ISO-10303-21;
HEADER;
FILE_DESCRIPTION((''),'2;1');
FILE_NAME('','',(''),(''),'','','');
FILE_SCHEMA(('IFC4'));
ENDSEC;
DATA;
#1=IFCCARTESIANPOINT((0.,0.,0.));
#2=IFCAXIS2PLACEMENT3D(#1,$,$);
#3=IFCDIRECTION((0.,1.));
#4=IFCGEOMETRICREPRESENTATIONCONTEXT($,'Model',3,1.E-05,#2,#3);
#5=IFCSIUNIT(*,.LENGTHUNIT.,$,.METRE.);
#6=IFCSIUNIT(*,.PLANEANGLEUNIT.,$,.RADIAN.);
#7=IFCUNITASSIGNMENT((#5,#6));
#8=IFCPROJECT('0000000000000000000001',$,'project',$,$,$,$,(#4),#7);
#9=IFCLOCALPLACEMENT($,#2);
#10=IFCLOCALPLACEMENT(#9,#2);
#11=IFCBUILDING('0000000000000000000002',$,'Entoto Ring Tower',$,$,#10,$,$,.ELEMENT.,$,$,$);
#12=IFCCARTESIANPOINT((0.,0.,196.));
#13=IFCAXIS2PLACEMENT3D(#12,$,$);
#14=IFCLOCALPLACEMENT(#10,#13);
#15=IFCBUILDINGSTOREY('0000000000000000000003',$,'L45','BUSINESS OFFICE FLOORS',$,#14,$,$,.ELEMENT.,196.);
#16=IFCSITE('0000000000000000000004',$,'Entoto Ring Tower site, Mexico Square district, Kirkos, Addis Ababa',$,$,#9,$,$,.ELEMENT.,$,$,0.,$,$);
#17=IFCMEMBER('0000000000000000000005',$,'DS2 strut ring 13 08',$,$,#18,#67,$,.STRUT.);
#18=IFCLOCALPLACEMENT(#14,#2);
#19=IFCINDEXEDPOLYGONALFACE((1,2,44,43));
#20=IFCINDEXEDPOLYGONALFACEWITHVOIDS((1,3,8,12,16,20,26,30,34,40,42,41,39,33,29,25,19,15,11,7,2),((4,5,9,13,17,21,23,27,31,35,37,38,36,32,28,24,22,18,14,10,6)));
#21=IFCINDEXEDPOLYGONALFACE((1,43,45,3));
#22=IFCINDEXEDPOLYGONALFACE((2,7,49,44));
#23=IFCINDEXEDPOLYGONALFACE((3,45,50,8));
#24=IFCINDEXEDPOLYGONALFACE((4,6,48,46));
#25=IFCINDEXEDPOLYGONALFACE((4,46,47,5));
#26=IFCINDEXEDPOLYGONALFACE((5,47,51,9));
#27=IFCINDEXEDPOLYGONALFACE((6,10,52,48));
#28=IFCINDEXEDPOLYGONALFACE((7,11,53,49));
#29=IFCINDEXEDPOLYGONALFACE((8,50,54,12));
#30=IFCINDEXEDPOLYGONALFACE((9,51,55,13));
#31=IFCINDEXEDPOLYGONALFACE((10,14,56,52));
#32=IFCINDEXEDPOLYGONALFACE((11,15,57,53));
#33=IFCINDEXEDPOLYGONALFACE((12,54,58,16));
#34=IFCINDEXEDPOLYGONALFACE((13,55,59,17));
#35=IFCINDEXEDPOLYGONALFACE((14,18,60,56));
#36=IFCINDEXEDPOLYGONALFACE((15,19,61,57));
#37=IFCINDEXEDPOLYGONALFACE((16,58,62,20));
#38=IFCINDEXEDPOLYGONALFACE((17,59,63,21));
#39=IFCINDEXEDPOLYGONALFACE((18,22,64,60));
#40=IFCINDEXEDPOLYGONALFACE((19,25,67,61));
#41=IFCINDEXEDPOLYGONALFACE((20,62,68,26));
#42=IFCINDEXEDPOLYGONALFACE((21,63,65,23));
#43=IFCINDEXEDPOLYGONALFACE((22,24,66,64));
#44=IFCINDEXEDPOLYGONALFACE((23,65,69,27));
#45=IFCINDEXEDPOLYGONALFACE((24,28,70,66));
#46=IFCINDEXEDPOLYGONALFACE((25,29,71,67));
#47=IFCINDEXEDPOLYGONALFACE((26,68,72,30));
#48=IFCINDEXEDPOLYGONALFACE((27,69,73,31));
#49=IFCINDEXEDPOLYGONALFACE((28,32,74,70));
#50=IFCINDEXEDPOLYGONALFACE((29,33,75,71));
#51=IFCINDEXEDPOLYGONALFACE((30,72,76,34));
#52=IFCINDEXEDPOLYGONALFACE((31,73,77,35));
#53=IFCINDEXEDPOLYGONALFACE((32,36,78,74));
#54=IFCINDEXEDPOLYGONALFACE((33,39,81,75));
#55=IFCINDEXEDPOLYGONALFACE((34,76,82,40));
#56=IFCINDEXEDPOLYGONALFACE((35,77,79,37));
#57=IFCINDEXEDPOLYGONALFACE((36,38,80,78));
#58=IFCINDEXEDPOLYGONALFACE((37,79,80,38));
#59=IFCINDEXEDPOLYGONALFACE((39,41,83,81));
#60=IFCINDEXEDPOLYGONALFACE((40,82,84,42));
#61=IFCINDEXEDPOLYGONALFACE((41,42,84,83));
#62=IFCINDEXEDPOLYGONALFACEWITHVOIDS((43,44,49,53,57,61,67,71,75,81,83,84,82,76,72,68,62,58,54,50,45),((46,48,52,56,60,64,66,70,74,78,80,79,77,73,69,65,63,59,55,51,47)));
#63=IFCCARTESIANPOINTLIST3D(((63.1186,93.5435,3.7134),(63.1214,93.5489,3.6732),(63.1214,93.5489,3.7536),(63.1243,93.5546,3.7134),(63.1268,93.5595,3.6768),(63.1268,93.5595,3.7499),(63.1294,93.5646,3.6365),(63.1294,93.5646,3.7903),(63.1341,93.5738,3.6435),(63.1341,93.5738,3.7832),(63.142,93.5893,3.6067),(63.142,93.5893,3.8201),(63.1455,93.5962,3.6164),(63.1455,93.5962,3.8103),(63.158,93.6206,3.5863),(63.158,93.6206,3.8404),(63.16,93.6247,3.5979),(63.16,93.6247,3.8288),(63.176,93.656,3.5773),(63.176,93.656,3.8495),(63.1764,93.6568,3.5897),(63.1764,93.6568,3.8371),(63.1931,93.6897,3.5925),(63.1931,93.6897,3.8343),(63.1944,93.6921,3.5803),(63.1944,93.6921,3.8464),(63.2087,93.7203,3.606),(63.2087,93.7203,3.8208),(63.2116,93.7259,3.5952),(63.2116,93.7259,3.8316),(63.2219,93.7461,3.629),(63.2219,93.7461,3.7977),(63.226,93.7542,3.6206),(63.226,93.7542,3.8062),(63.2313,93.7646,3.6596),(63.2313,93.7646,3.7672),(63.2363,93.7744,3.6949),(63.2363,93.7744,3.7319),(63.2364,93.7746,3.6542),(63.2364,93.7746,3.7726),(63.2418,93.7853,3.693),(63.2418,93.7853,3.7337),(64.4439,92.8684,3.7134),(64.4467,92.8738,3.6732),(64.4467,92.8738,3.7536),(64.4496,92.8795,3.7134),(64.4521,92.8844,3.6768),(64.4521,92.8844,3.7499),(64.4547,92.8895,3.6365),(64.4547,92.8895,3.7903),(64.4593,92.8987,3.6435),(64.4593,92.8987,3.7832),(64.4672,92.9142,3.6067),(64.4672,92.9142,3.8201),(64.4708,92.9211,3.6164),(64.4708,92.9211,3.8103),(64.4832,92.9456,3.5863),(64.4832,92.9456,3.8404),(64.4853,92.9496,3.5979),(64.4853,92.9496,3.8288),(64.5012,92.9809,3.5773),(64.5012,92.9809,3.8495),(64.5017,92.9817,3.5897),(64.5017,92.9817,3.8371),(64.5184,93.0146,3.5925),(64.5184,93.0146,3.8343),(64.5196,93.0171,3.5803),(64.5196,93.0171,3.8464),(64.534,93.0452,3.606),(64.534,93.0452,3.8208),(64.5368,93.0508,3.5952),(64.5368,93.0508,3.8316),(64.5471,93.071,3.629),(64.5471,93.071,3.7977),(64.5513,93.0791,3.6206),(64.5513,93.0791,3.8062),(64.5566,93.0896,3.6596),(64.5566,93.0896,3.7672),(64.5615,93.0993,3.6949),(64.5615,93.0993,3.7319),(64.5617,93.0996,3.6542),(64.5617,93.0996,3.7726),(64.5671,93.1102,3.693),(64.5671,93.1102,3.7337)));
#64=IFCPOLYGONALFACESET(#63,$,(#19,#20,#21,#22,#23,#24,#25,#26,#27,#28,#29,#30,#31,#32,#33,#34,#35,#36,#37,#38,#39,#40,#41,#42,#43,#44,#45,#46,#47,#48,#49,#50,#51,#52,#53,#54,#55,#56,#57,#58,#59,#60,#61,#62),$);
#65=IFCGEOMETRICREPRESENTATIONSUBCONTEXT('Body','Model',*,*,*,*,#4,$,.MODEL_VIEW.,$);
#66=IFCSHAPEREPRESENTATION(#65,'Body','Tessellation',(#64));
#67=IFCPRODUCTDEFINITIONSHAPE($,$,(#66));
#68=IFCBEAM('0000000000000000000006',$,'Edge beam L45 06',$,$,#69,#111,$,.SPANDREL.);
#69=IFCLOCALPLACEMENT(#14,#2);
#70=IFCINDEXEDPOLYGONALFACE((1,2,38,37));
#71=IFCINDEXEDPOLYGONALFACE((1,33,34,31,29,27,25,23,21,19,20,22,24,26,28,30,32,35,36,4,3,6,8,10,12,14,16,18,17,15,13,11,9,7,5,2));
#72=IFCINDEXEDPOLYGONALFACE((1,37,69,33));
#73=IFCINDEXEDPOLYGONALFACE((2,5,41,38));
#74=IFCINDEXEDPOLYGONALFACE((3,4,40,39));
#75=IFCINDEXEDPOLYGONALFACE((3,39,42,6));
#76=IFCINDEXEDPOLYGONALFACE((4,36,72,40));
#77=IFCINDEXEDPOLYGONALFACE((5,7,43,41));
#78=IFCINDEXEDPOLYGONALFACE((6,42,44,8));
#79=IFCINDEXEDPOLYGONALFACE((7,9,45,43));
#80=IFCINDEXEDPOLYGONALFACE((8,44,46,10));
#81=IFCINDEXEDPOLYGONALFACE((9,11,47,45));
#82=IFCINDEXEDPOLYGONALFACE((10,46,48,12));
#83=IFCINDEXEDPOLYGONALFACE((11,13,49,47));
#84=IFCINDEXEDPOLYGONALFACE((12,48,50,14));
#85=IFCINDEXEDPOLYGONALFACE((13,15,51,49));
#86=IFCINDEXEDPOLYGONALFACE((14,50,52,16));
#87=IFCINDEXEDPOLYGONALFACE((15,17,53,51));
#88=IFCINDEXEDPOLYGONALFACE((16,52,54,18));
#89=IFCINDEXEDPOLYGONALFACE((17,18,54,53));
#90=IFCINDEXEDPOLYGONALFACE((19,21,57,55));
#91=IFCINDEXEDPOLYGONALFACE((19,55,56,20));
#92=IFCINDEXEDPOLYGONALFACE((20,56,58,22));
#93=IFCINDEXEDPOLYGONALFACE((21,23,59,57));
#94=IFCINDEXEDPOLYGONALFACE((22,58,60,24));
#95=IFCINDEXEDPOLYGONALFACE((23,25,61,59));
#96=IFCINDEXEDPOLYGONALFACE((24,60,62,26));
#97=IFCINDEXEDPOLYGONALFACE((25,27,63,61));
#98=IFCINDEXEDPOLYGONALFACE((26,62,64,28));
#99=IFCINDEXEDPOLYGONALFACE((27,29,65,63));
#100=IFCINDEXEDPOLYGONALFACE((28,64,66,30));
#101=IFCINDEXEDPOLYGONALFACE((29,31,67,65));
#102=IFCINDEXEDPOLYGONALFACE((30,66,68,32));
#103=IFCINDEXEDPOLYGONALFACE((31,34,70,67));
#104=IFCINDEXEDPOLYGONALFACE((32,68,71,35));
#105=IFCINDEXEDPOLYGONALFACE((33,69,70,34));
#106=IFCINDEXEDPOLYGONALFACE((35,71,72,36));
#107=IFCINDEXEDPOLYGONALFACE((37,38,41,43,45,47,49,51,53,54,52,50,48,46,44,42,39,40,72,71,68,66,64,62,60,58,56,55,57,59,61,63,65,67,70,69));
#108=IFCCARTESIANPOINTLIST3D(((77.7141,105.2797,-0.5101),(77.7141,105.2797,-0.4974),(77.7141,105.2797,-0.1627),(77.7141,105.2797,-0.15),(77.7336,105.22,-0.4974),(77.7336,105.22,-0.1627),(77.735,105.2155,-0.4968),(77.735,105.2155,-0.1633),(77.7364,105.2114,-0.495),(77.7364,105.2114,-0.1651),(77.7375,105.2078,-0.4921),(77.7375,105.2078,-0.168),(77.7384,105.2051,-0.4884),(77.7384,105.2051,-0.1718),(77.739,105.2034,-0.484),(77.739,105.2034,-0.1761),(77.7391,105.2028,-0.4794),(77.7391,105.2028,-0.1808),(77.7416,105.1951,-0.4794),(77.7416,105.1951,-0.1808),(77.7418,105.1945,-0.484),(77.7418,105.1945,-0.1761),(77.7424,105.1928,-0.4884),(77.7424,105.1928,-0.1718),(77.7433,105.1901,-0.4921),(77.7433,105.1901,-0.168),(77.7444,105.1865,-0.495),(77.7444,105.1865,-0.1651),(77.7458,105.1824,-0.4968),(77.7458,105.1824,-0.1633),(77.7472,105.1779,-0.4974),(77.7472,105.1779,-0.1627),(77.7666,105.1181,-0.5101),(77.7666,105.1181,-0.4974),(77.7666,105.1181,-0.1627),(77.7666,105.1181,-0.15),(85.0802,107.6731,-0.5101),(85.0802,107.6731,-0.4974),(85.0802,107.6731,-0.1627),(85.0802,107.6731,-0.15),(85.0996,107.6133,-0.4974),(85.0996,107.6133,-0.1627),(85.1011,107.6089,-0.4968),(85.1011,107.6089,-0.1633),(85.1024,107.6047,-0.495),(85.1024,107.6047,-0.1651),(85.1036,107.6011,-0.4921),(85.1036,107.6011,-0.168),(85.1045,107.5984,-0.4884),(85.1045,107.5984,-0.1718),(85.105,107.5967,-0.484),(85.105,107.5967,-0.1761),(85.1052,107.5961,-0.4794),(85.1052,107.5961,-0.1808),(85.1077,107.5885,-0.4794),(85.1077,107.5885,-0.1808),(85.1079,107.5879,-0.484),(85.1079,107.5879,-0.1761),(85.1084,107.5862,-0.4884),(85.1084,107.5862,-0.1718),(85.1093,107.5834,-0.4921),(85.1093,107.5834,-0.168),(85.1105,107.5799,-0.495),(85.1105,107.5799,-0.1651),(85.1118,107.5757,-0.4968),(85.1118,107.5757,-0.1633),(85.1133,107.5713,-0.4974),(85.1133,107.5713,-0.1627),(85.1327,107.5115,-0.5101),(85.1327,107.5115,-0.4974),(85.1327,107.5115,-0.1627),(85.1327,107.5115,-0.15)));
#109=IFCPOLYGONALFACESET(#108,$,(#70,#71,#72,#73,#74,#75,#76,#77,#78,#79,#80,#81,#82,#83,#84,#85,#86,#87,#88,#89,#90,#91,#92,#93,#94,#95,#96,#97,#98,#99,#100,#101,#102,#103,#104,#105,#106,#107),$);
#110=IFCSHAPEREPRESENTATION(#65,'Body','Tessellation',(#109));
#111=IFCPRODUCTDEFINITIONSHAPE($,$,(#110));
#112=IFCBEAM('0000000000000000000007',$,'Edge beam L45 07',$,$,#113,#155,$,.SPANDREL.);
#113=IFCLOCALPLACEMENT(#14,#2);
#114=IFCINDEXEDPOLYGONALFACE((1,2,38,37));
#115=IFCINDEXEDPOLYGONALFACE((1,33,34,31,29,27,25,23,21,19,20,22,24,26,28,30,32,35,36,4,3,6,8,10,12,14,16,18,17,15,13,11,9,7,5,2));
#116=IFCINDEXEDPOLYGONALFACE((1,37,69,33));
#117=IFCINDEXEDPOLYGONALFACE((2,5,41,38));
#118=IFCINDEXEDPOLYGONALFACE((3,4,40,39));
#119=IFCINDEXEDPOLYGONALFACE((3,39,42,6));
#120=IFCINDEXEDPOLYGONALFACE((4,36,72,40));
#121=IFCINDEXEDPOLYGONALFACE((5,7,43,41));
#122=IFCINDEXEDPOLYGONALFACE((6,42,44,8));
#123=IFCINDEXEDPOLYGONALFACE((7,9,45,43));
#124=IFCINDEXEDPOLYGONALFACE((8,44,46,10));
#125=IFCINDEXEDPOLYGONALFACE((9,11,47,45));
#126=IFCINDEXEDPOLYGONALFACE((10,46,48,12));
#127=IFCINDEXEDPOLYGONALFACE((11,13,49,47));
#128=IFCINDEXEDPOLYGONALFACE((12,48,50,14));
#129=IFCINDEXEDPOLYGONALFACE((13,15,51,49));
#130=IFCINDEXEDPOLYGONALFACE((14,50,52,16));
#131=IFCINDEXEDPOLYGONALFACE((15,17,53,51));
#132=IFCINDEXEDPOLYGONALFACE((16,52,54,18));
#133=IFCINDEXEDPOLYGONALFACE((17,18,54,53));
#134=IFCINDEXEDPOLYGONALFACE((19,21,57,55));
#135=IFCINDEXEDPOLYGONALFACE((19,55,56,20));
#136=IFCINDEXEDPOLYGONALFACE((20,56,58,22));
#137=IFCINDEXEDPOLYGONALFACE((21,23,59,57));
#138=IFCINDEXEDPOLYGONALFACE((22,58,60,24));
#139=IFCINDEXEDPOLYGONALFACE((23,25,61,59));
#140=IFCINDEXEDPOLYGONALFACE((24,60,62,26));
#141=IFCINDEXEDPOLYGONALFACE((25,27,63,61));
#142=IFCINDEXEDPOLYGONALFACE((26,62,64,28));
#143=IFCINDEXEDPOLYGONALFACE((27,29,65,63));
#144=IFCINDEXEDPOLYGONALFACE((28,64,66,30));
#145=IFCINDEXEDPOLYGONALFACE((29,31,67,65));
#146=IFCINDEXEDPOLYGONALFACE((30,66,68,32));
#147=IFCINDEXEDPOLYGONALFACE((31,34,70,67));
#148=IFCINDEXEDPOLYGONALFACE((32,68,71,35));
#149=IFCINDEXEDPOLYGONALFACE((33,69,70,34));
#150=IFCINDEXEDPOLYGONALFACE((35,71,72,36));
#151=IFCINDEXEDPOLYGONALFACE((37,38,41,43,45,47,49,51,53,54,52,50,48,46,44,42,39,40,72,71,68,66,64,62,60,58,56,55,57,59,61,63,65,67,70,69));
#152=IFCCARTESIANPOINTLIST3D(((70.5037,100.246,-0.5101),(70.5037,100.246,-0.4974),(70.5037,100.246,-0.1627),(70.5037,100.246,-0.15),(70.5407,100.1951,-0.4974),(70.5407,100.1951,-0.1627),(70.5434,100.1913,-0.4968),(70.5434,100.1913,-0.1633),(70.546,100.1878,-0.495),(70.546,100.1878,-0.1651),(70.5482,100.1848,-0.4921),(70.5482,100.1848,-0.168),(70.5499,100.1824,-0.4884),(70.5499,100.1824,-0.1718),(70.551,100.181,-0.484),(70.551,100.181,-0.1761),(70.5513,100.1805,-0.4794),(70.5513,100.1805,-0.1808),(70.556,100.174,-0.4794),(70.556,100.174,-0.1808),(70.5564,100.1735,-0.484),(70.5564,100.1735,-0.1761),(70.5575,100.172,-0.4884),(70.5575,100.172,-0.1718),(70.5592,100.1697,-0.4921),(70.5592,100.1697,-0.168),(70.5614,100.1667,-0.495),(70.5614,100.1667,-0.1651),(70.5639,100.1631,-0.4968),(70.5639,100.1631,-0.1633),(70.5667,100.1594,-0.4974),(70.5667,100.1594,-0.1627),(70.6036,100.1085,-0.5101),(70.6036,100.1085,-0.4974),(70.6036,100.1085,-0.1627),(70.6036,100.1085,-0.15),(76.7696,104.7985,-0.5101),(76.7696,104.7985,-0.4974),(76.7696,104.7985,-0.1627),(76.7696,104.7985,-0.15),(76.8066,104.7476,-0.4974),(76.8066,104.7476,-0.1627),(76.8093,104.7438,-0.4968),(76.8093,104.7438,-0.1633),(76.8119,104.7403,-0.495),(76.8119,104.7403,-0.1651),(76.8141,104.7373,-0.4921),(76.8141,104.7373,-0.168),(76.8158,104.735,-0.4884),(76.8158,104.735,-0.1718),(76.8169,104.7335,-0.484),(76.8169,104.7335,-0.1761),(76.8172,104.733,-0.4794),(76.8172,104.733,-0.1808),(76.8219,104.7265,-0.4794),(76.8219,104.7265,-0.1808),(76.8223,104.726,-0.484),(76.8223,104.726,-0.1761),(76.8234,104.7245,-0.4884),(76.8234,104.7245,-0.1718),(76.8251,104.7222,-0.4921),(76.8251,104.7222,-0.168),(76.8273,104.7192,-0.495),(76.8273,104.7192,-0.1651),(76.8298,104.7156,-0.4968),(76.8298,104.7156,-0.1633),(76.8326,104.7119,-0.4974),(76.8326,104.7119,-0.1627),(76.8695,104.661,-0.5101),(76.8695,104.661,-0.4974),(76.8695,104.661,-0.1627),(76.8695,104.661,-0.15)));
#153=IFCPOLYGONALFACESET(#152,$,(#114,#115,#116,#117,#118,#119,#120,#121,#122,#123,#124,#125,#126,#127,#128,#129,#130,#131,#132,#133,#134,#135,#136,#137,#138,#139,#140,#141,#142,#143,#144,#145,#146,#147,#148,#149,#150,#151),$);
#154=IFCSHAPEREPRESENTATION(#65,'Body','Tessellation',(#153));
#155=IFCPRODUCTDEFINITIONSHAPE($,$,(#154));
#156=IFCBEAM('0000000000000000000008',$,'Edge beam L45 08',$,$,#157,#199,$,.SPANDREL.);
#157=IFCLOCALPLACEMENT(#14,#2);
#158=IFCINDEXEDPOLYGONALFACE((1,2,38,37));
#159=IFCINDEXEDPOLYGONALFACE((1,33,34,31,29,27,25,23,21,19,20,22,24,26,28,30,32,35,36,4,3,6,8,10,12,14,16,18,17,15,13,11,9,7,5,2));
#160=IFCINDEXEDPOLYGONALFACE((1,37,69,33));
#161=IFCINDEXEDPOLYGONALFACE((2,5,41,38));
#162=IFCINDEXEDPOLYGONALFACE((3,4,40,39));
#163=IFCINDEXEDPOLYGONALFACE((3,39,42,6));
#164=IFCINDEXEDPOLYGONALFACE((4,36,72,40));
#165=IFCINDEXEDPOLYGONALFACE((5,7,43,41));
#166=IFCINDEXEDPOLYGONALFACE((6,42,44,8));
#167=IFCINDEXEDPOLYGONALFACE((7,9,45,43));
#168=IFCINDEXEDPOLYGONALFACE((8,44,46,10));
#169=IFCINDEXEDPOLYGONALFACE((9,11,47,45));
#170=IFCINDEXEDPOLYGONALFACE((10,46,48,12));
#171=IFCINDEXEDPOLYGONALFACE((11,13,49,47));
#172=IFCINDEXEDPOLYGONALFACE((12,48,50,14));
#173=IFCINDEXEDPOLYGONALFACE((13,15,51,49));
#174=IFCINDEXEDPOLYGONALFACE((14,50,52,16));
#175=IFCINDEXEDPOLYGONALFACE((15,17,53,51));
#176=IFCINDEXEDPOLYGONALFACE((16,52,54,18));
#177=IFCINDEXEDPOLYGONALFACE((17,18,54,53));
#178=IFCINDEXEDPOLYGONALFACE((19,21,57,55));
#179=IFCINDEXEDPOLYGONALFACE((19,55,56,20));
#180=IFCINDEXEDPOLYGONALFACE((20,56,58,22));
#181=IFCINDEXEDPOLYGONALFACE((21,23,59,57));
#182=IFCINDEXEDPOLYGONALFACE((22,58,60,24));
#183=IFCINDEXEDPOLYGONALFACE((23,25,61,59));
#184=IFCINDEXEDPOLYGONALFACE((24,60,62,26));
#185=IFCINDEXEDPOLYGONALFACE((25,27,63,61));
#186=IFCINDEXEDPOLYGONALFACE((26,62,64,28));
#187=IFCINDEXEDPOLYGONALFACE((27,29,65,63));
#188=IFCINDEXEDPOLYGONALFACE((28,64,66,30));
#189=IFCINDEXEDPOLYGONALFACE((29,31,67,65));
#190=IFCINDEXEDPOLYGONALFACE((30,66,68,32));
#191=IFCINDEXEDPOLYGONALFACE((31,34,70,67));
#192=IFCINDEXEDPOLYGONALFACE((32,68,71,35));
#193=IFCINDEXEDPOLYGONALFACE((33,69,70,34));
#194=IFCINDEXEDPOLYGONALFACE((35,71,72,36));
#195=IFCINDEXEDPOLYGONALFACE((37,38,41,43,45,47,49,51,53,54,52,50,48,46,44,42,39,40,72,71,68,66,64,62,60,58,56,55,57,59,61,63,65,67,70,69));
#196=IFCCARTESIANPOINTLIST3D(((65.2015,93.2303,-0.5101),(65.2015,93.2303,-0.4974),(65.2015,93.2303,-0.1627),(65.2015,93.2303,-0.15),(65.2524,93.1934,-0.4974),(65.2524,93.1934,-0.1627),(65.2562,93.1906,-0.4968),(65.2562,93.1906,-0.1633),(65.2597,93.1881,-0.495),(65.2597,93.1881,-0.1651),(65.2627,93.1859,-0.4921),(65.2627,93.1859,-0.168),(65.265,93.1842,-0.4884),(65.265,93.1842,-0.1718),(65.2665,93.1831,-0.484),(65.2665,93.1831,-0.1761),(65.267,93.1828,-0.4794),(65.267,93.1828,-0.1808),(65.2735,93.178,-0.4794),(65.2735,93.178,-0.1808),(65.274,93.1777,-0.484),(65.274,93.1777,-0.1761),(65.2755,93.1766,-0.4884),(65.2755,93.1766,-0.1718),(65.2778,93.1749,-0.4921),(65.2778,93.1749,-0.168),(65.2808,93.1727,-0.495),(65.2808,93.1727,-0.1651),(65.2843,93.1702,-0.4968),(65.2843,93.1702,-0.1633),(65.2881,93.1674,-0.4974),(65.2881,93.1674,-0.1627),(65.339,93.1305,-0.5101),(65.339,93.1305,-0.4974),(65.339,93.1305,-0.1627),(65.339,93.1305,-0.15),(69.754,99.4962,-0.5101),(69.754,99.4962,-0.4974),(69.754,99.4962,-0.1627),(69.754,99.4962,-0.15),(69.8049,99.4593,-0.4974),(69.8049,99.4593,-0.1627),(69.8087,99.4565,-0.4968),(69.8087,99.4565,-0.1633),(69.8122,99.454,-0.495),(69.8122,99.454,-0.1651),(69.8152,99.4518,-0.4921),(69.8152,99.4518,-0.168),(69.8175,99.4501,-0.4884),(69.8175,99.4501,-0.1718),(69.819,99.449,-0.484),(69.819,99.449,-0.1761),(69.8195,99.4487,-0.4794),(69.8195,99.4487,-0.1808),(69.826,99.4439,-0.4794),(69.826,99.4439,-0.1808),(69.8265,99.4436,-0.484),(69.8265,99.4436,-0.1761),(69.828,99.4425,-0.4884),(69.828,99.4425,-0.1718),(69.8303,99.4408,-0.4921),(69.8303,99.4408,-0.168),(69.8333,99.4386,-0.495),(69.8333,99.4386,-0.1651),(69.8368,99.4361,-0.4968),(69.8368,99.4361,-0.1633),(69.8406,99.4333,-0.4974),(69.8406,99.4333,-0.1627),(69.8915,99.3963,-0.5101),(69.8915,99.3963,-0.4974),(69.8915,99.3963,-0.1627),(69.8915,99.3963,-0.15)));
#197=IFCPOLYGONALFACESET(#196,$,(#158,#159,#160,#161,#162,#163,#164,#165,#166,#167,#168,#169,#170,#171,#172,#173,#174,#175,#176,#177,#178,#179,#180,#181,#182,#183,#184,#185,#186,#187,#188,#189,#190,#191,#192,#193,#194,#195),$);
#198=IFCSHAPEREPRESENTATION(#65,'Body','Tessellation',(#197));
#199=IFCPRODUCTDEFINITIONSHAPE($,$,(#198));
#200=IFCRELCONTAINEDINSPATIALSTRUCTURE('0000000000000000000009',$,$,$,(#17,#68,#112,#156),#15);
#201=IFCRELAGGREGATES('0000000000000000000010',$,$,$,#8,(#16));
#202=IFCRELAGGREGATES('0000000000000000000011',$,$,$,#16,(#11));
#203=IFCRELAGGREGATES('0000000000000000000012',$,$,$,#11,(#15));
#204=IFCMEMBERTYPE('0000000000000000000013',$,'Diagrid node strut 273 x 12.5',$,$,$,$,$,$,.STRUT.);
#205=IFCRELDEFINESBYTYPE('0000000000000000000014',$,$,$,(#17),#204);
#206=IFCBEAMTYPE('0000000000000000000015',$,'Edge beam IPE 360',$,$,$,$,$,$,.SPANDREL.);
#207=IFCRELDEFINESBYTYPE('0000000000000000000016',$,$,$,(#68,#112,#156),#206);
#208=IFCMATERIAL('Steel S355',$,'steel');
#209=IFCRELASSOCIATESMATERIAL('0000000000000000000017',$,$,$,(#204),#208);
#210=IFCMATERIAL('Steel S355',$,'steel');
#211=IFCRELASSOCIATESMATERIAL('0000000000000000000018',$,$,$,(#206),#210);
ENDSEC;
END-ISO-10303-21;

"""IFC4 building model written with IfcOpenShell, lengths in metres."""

from ifc_helpers import new_model, si_unit, direction, frame, origin, origin_2d, place, context, subcontext, project, spatial, circle, hollow_circle, i_section, extrude, material, material_profile, profile_set, type_object, element, save


model = new_model("IFC4")

# Units and contexts
model_context = context("Model", 3, precision=1e-05, world=origin(), true_north=direction((0.0, 1.0)))
body_context = subcontext(model_context, "Body", "Model", "MODEL_VIEW")
ifc_project = project(units=[si_unit("LENGTHUNIT", "METRE"), si_unit("PLANEANGLEUNIT", "RADIAN")], contexts=[model_context])

# Site, building, storey
site_placement = place(None, origin())
site = spatial("IfcSite", under=ifc_project, at=site_placement, Name="Entoto Ring Tower site, Mexico Square district, Kirkos, Addis Ababa", CompositionType="ELEMENT", RefElevation=0.0)
building_placement = place(site_placement, origin())
building = spatial("IfcBuilding", under=site, at=building_placement, Name="Entoto Ring Tower", CompositionType="ELEMENT")
storey_placement = place(building_placement, frame((0.0, 0.0, 196.0)))
storey = spatial("IfcBuildingStorey", under=building, at=storey_placement, Name="L45", Description="BUSINESS OFFICE FLOORS", CompositionType="ELEMENT", Elevation=196.0)

# Member
ifc_material_1 = material(Name="Steel S355", Category="steel")
ifc_material_profile_1 = material_profile(ifc_material_1, hollow_circle(Radius=0.1365, WallThickness=0.0125, at=origin_2d()), Name="CHS 273 x 12.5")
ifc_material_2 = material(Name="Concrete C60/75", Category="concrete")
ifc_material_profile_2 = material_profile(ifc_material_2, circle(Radius=0.124, at=origin_2d()), Name="Concrete C60/75 infill")
ifc_profile_set_1 = profile_set([ifc_material_profile_1, ifc_material_profile_2], Name="Steel S355")
member_type = type_object("IfcMemberType", Name="Diagrid node strut 273 x 12.5", PredefinedType="STRUT", material=ifc_profile_set_1)
for number, where, z_axis, x_axis, name in (
    (1, (64.5059, 92.99, 3.7134), (-0.891053, 0.453899, 0.0), (-0.453899, -0.891053, 0.0), "DS2 strut ring 13 08"),
):
    element("IfcMember", number, at=place(storey_placement, frame(where, z_axis=z_axis, x_axis=x_axis)), inside=storey, type_object=member_type, Name=name, PredefinedType="STRUT", context=body_context, shape_type="SweptSolid", body=[
        extrude(hollow_circle(Radius=0.1365, WallThickness=0.0125, at=origin_2d()), origin(), (0.0, 0.0, 1.0), 1.4873),
    ])

# Beams
ifc_material_3 = material(Name="Steel S355", Category="steel")
ifc_material_profile_3 = material_profile(ifc_material_3, i_section(OverallWidth=0.1699, OverallDepth=0.3601, WebThickness=0.0081, FlangeThickness=0.0127, FilletRadius=0.0181, at=origin_2d()), Name="IPE 360")
ifc_profile_set_2 = profile_set([ifc_material_profile_3], Name="Steel S355")
beam_type_1 = type_object("IfcBeamType", Name="Edge beam IPE 360", PredefinedType="SPANDREL", material=ifc_profile_set_2)
for number, where, z_axis, x_axis, name in (
    (2, (85.1064, 107.5923, -0.3301), (-0.951058, -0.309013, 0.0), (0.309013, -0.951058, 0.0), "Edge beam L45 06"),
    (3, (76.8196, 104.7297, -0.3301), (-0.809013, -0.587791, 0.0), (0.587791, -0.809013, 0.0), "Edge beam L45 07"),
    (4, (69.8228, 99.4463, -0.3301), (-0.587791, -0.809013, 0.0), (0.809013, -0.587791, 0.0), "Edge beam L45 08"),
):
    element("IfcBeam", number, at=place(storey_placement, frame(where, z_axis=z_axis, x_axis=x_axis)), inside=storey, type_object=beam_type_1, Name=name, PredefinedType="SPANDREL", context=body_context, shape_type="SweptSolid", body=[
        extrude(i_section(OverallWidth=0.1699, OverallDepth=0.3601, WebThickness=0.0081, FlangeThickness=0.0127, FilletRadius=0.0181, at=origin_2d()), origin(), (0.0, 0.0, 1.0), 7.7451),
    ])

save(model, "model.ifc")
